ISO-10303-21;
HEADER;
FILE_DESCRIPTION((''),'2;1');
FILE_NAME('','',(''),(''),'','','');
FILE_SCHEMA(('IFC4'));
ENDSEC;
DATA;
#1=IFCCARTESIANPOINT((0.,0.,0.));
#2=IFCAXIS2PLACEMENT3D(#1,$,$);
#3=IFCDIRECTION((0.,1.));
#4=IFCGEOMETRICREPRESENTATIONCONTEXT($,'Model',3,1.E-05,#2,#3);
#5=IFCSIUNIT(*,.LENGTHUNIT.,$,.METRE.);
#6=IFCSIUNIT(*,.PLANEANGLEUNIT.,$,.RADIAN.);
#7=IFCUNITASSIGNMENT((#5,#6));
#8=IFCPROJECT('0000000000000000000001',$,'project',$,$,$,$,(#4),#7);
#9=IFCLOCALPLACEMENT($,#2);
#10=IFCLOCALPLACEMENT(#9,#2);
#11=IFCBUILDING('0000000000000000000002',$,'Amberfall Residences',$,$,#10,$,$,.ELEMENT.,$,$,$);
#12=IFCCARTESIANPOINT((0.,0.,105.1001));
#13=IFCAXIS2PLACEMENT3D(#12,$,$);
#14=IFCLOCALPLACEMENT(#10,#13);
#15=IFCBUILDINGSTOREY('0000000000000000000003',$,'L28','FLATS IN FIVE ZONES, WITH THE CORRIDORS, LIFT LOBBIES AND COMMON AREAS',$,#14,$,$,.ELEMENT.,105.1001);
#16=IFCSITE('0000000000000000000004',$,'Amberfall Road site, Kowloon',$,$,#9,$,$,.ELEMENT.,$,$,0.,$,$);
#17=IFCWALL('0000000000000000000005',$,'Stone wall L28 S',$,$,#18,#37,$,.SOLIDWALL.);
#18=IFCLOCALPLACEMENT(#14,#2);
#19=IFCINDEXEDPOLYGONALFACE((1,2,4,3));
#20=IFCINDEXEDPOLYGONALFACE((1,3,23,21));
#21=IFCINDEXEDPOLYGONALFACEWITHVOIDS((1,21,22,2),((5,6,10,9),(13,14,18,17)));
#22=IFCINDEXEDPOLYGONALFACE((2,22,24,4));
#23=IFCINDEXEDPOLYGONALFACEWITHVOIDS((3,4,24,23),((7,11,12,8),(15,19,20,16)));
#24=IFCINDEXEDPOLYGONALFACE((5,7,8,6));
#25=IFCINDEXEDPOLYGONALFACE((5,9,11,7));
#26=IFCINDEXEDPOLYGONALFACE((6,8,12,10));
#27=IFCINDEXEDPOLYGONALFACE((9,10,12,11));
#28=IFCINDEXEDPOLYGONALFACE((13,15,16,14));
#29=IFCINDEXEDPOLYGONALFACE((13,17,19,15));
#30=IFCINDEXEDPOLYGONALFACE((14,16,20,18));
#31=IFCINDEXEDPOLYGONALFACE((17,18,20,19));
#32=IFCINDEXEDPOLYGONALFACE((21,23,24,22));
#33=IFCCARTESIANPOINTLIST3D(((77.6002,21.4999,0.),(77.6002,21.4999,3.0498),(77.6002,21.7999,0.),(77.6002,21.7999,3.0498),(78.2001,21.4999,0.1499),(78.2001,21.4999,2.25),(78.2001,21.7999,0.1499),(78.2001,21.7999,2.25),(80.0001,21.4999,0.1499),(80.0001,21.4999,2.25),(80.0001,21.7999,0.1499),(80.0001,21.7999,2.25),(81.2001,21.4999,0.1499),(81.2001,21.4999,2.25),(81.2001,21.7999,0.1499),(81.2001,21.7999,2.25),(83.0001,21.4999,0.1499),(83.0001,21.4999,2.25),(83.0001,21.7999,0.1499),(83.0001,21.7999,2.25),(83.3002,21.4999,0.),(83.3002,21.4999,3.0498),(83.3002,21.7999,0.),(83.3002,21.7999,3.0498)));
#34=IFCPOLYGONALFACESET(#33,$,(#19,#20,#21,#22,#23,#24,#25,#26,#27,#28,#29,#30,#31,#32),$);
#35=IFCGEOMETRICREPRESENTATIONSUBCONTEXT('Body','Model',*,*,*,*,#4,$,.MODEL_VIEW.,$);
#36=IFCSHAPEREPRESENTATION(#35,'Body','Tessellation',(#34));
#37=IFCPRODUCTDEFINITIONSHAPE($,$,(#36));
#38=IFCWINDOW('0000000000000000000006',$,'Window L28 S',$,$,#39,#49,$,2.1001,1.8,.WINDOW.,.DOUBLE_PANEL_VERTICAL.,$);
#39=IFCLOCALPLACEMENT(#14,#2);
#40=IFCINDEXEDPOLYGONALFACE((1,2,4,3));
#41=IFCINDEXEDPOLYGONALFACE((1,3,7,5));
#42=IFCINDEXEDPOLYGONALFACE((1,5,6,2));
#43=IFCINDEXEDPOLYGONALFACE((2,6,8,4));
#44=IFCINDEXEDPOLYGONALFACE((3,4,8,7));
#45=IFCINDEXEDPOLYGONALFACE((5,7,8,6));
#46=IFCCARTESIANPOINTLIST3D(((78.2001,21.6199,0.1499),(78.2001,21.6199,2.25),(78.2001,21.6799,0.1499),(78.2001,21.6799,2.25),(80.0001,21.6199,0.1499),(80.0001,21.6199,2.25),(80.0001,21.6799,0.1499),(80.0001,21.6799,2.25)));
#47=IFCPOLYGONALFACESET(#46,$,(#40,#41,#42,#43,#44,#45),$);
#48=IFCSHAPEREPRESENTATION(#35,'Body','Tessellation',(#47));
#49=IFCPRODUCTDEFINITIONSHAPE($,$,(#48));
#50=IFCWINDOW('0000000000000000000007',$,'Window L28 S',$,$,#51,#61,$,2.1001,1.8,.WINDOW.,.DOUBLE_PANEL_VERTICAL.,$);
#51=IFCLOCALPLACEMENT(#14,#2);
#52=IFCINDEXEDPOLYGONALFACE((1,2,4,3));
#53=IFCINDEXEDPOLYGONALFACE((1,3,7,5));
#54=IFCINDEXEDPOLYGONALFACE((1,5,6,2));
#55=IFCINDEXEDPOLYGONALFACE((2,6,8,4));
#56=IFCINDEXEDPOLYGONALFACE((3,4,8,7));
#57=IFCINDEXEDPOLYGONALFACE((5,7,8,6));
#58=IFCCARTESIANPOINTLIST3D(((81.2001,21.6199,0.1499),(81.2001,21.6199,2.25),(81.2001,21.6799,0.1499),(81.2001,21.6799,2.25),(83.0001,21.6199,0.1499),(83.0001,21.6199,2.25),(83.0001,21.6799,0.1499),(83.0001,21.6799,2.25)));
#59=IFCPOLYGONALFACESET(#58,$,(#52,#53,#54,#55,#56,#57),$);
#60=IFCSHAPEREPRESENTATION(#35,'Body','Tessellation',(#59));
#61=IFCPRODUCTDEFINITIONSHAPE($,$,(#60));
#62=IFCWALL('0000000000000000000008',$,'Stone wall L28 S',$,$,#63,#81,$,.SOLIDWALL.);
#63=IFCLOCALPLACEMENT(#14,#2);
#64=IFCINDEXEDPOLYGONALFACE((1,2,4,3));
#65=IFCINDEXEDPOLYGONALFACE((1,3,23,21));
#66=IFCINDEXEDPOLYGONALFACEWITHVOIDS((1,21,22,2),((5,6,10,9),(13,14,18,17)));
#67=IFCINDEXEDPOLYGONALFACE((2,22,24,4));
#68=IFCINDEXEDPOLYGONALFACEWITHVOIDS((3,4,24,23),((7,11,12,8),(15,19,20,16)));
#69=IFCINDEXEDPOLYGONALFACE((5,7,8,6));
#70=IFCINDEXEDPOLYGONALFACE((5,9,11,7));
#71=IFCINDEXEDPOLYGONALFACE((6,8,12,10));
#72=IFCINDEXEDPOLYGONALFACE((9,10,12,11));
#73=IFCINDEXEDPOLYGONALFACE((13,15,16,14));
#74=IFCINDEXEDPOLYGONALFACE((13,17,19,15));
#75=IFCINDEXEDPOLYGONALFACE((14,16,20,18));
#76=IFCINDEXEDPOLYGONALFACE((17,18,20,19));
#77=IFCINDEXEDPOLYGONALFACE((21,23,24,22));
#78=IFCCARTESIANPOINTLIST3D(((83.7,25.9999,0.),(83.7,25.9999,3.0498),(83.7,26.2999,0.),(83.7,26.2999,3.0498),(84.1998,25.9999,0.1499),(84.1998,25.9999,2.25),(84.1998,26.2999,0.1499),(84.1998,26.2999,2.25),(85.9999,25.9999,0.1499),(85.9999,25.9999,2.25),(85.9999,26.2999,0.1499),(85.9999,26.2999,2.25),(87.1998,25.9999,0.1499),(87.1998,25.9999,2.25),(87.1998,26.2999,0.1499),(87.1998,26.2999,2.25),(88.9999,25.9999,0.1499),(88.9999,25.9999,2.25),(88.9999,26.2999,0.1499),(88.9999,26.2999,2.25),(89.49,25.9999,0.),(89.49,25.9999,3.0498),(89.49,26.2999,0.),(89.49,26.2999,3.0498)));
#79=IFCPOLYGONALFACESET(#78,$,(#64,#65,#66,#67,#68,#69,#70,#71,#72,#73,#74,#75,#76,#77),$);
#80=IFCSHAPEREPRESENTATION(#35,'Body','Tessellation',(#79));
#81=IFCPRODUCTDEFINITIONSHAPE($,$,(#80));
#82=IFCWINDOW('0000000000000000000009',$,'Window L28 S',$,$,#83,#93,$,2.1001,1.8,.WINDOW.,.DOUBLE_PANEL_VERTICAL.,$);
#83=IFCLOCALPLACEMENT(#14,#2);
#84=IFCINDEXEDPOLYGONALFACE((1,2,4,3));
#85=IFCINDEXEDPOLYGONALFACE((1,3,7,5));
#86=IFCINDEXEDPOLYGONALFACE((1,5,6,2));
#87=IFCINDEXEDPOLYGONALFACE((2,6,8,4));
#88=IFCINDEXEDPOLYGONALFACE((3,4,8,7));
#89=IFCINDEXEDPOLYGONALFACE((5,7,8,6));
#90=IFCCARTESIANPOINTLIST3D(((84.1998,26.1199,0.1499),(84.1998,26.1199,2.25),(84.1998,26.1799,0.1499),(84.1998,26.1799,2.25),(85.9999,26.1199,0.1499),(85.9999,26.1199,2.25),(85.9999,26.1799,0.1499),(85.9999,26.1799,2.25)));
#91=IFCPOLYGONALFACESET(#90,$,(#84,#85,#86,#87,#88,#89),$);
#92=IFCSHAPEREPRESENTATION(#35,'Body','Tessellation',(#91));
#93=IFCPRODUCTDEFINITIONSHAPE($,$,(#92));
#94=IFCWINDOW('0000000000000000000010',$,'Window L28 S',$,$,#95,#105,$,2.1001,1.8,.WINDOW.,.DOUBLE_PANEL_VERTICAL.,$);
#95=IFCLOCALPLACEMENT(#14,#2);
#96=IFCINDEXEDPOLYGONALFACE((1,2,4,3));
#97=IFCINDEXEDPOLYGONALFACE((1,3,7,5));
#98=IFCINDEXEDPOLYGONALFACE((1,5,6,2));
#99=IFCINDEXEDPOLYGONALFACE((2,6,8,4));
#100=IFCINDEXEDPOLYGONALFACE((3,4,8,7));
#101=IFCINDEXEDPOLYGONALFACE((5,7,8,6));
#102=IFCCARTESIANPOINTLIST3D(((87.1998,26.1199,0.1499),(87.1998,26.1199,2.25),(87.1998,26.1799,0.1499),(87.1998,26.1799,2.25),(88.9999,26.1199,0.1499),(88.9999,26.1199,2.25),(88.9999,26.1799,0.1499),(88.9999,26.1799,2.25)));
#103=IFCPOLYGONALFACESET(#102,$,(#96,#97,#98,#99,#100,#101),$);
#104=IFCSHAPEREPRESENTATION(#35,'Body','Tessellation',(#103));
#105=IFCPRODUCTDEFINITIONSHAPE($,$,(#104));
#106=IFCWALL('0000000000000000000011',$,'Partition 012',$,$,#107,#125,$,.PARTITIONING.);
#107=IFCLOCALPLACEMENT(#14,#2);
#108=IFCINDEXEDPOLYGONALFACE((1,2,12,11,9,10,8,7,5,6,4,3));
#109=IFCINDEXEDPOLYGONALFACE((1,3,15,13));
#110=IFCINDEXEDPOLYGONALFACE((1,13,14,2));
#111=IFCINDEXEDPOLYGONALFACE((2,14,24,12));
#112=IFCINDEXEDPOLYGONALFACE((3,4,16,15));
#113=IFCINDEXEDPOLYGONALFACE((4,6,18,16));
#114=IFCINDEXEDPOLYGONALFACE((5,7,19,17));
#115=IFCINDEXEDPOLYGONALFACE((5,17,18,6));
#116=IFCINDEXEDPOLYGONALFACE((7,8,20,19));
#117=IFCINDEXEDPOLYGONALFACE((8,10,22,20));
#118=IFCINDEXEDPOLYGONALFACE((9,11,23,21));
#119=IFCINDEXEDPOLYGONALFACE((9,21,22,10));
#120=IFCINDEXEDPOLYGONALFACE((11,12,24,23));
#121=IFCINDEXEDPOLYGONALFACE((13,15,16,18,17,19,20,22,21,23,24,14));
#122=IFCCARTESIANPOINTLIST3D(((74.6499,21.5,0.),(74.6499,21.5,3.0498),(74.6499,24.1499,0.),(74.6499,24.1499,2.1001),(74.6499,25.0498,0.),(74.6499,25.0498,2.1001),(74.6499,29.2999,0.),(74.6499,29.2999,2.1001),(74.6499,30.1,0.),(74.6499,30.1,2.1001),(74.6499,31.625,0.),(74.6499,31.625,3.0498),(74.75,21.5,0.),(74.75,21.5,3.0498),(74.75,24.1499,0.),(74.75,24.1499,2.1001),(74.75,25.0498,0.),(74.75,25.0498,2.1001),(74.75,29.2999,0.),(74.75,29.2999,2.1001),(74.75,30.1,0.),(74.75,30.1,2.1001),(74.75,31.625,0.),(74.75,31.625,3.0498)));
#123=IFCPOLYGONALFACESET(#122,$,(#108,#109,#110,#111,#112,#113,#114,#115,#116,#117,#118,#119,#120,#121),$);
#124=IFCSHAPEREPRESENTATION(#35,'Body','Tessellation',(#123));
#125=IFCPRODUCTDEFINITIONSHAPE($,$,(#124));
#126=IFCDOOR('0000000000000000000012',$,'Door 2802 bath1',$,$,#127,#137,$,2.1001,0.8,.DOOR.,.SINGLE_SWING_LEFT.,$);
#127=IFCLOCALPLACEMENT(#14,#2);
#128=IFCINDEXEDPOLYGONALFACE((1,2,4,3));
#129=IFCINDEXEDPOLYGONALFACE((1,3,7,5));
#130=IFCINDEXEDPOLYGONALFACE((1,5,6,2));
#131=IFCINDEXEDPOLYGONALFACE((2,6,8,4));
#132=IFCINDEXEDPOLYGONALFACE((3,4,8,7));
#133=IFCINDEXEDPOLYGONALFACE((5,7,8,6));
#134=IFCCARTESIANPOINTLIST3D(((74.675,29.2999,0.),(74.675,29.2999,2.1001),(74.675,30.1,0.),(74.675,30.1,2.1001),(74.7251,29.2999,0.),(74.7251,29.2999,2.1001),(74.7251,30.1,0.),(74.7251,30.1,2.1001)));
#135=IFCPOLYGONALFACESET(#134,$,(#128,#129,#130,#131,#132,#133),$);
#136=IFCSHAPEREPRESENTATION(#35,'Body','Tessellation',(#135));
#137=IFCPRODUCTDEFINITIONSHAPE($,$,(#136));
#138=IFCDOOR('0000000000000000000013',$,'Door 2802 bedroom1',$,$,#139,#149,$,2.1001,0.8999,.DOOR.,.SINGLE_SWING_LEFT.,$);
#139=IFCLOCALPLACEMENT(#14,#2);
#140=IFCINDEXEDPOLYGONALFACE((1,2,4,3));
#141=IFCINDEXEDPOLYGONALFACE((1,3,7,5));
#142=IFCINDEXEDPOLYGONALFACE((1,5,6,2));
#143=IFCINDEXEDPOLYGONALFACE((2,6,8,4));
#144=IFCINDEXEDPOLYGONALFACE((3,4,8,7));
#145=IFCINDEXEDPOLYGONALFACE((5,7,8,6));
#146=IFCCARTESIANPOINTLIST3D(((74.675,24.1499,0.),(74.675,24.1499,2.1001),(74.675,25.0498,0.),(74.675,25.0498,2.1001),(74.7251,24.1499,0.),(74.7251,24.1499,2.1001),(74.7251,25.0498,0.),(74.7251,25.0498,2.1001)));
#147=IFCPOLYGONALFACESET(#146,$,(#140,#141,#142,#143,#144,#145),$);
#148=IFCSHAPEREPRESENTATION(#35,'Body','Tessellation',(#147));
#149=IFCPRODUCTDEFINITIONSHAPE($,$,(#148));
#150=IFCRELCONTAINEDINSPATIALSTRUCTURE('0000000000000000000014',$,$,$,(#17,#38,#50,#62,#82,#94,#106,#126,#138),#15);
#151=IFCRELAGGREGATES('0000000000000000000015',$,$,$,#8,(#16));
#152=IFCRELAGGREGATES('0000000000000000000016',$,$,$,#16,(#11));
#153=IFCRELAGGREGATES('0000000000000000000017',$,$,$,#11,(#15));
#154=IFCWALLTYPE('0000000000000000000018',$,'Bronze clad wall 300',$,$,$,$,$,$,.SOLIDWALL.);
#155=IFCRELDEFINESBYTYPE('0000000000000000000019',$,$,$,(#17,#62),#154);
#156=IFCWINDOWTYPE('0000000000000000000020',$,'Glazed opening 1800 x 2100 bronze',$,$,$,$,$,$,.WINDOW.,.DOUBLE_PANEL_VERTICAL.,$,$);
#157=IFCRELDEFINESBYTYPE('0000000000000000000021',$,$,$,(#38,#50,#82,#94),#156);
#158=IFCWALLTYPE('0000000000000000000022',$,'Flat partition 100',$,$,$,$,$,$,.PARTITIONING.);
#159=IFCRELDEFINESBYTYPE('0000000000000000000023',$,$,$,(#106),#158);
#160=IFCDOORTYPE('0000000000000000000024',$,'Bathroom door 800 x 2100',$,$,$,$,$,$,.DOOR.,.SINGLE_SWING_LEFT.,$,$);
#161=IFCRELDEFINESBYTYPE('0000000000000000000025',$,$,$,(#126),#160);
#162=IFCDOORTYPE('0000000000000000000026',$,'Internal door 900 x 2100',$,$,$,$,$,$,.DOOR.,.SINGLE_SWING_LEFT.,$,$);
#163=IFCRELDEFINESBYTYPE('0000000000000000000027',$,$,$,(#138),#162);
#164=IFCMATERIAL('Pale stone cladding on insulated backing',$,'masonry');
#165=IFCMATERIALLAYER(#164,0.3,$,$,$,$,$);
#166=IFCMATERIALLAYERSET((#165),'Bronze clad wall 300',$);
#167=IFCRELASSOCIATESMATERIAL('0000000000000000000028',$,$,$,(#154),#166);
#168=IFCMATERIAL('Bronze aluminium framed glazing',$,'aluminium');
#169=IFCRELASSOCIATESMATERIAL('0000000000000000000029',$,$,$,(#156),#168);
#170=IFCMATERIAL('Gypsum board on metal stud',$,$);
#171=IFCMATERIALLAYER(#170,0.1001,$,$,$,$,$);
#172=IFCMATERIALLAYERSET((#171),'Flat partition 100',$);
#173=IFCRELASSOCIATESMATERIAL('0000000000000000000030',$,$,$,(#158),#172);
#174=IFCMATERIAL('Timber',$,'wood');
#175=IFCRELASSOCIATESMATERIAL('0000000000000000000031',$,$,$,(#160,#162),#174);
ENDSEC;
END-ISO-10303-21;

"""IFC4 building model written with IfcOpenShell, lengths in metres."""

from ifc_helpers import new_model, si_unit, direction, frame, frame_2d, origin, place, context, subcontext, project, spatial, rectangle, extrude, material, layer, layer_set, type_object, element, fill, save


model = new_model("IFC4")

# Units and contexts
model_context = context("Model", 3, precision=1e-05, world=origin(), true_north=direction((0.0, 1.0)))
body_context = subcontext(model_context, "Body", "Model", "MODEL_VIEW")
ifc_project = project(units=[si_unit("LENGTHUNIT", "METRE"), si_unit("PLANEANGLEUNIT", "RADIAN")], contexts=[model_context])

# Site, building, storey
site_placement = place(None, origin())
site = spatial("IfcSite", under=ifc_project, at=site_placement, Name="Amberfall Road site, Kowloon", CompositionType="ELEMENT", RefElevation=0.0)
building_placement = place(site_placement, origin())
building = spatial("IfcBuilding", under=site, at=building_placement, Name="Amberfall Residences", CompositionType="ELEMENT")
storey_placement = place(building_placement, frame((0.0, 0.0, 105.1001)))
storey = spatial("IfcBuildingStorey", under=building, at=storey_placement, Name="L28", Description="FLATS IN FIVE ZONES, WITH THE CORRIDORS, LIFT LOBBIES AND COMMON AREAS", CompositionType="ELEMENT", Elevation=105.1001)

# Shared definitions
ifc_material_1 = material(Name="Pale stone cladding on insulated backing", Category="masonry")
ifc_layer_1 = layer(ifc_material_1, 0.3)
ifc_layer_set_1 = layer_set([ifc_layer_1], Name="Bronze clad wall 300")
wall_type_1 = type_object("IfcWallType", Name="Bronze clad wall 300", PredefinedType="SOLIDWALL", material=ifc_layer_set_1)
ifc_material_2 = material(Name="Bronze aluminium framed glazing", Category="aluminium")

# Walls, openings, windows
wall_1_placement = place(storey_placement, frame((77.6001, 21.6499, 0.0), z_axis=(0.0, 0.0, 1.0), x_axis=(1.0, 0.0, 0.0)))
wall_1 = element("IfcWall", 1, at=wall_1_placement, inside=storey, type_object=wall_type_1, Name="Stone wall L28 S", PredefinedType="SOLIDWALL", context=body_context, shape_type="SweptSolid", body=[
    extrude(rectangle(XDim=5.7, YDim=0.3, at=frame_2d((2.8501, 0.0))), origin(), (0.0, 0.0, 1.0), 3.0498),
])
opening_1_placement = place(wall_1_placement, frame((0.6001, 0.0, 0.1499)))
opening_1 = element("IfcOpeningElement", 2, at=opening_1_placement, cuts=wall_1, PredefinedType="OPENING", context=body_context, shape_type="SweptSolid", body=[
    extrude(rectangle(XDim=1.8, YDim=2.1001, at=frame_2d((0.8999, 1.05))), frame((0.0, 0.1599, 0.0), z_axis=(0.0, -1.0, 0.0), x_axis=(1.0, 0.0, 0.0)), (0.0, 0.0, 1.0), 0.3201),
])
opening_2_placement = place(wall_1_placement, frame((3.6001, 0.0, 0.1499)))
opening_2 = element("IfcOpeningElement", 3, at=opening_2_placement, cuts=wall_1, PredefinedType="OPENING", context=body_context, shape_type="SweptSolid", body=[
    extrude(rectangle(XDim=1.8, YDim=2.1001, at=frame_2d((0.8999, 1.05))), frame((0.0, 0.1599, 0.0), z_axis=(0.0, -1.0, 0.0), x_axis=(1.0, 0.0, 0.0)), (0.0, 0.0, 1.0), 0.3201),
])
window_type_1 = type_object("IfcWindowType", Name="Glazed opening 1800 x 2100 bronze", PartitioningType="DOUBLE_PANEL_VERTICAL", PredefinedType="WINDOW", material=ifc_material_2)
window_1_placement = place(opening_1_placement, origin())
window_1 = element("IfcWindow", 4, at=window_1_placement, inside=storey, type_object=window_type_1, Name="Window L28 S", OverallHeight=2.1001, OverallWidth=1.8, PartitioningType="DOUBLE_PANEL_VERTICAL", PredefinedType="WINDOW", context=body_context, shape_type="SweptSolid", body=[
    extrude(rectangle(XDim=1.8, YDim=2.1001, at=frame_2d((0.8999, 1.05))), frame((0.0, 0.03, 0.0), z_axis=(0.0, -1.0, 0.0), x_axis=(1.0, 0.0, 0.0)), (0.0, 0.0, 1.0), 0.0601),
])
fill(opening_1, window_1)
window_2_placement = place(opening_2_placement, origin())
window_2 = element("IfcWindow", 5, at=window_2_placement, inside=storey, type_object=window_type_1, Name="Window L28 S", OverallHeight=2.1001, OverallWidth=1.8, PartitioningType="DOUBLE_PANEL_VERTICAL", PredefinedType="WINDOW", context=body_context, shape_type="SweptSolid", body=[
    extrude(rectangle(XDim=1.8, YDim=2.1001, at=frame_2d((0.8999, 1.05))), frame((0.0, 0.03, 0.0), z_axis=(0.0, -1.0, 0.0), x_axis=(1.0, 0.0, 0.0)), (0.0, 0.0, 1.0), 0.0601),
])
fill(opening_2, window_2)
wall_2_placement = place(storey_placement, frame((83.7, 26.1499, 0.0), z_axis=(0.0, 0.0, 1.0), x_axis=(1.0, 0.0, 0.0)))
wall_2 = element("IfcWall", 6, at=wall_2_placement, inside=storey, type_object=wall_type_1, Name="Stone wall L28 S", PredefinedType="SOLIDWALL", context=body_context, shape_type="SweptSolid", body=[
    extrude(rectangle(XDim=5.79, YDim=0.3, at=frame_2d((2.895, 0.0))), origin(), (0.0, 0.0, 1.0), 3.0498),
])
opening_3_placement = place(wall_2_placement, frame((0.5, 0.0, 0.1499)))
opening_3 = element("IfcOpeningElement", 7, at=opening_3_placement, cuts=wall_2, PredefinedType="OPENING", context=body_context, shape_type="SweptSolid", body=[
    extrude(rectangle(XDim=1.8, YDim=2.1001, at=frame_2d((0.8999, 1.05))), frame((0.0, 0.1599, 0.0), z_axis=(0.0, -1.0, 0.0), x_axis=(1.0, 0.0, 0.0)), (0.0, 0.0, 1.0), 0.3201),
])
opening_4_placement = place(wall_2_placement, frame((3.5, 0.0, 0.1499)))
opening_4 = element("IfcOpeningElement", 8, at=opening_4_placement, cuts=wall_2, PredefinedType="OPENING", context=body_context, shape_type="SweptSolid", body=[
    extrude(rectangle(XDim=1.8, YDim=2.1001, at=frame_2d((0.8999, 1.05))), frame((0.0, 0.1599, 0.0), z_axis=(0.0, -1.0, 0.0), x_axis=(1.0, 0.0, 0.0)), (0.0, 0.0, 1.0), 0.3201),
])
window_3_placement = place(opening_3_placement, origin())
window_3 = element("IfcWindow", 9, at=window_3_placement, inside=storey, type_object=window_type_1, Name="Window L28 S", OverallHeight=2.1001, OverallWidth=1.8, PartitioningType="DOUBLE_PANEL_VERTICAL", PredefinedType="WINDOW", context=body_context, shape_type="SweptSolid", body=[
    extrude(rectangle(XDim=1.8, YDim=2.1001, at=frame_2d((0.8999, 1.05))), frame((0.0, 0.03, 0.0), z_axis=(0.0, -1.0, 0.0), x_axis=(1.0, 0.0, 0.0)), (0.0, 0.0, 1.0), 0.0601),
])
fill(opening_3, window_3)
window_4_placement = place(opening_4_placement, origin())
window_4 = element("IfcWindow", 10, at=window_4_placement, inside=storey, type_object=window_type_1, Name="Window L28 S", OverallHeight=2.1001, OverallWidth=1.8, PartitioningType="DOUBLE_PANEL_VERTICAL", PredefinedType="WINDOW", context=body_context, shape_type="SweptSolid", body=[
    extrude(rectangle(XDim=1.8, YDim=2.1001, at=frame_2d((0.8999, 1.05))), frame((0.0, 0.03, 0.0), z_axis=(0.0, -1.0, 0.0), x_axis=(1.0, 0.0, 0.0)), (0.0, 0.0, 1.0), 0.0601),
])
fill(opening_4, window_4)

# Wall, openings, doors
ifc_material_3 = material(Name="Gypsum board on metal stud")
ifc_layer_2 = layer(ifc_material_3, 0.1001)
ifc_layer_set_2 = layer_set([ifc_layer_2], Name="Flat partition 100")
wall_type_2 = type_object("IfcWallType", Name="Flat partition 100", PredefinedType="PARTITIONING", material=ifc_layer_set_2)
wall_3_placement = place(storey_placement, frame((74.7, 21.5, 0.0), z_axis=(0.0, 0.0, 1.0), x_axis=(0.0, 1.0, 0.0)))
wall_3 = element("IfcWall", 11, at=wall_3_placement, inside=storey, type_object=wall_type_2, Name="Partition 012", PredefinedType="PARTITIONING", context=body_context, shape_type="SweptSolid", body=[
    extrude(rectangle(XDim=10.125, YDim=0.1001, at=frame_2d((5.0625, 0.0))), origin(), (0.0, 0.0, 1.0), 3.0498),
])
opening_5_placement = place(wall_3_placement, frame((2.6499, 0.0, 0.0)))
opening_5 = element("IfcOpeningElement", 12, at=opening_5_placement, cuts=wall_3, PredefinedType="OPENING", context=body_context, shape_type="SweptSolid", body=[
    extrude(rectangle(XDim=0.8999, YDim=2.1001, at=frame_2d((0.45, 1.05))), frame((0.0, 0.0601, 0.0), z_axis=(0.0, -1.0, 0.0), x_axis=(1.0, 0.0, 0.0)), (0.0, 0.0, 1.0), 0.1201),
])
opening_6_placement = place(wall_3_placement, frame((7.8, 0.0, 0.0)))
opening_6 = element("IfcOpeningElement", 13, at=opening_6_placement, cuts=wall_3, PredefinedType="OPENING", context=body_context, shape_type="SweptSolid", body=[
    extrude(rectangle(XDim=0.8, YDim=2.1001, at=frame_2d((0.3999, 1.05))), frame((0.0, 0.0601, 0.0), z_axis=(0.0, -1.0, 0.0), x_axis=(1.0, 0.0, 0.0)), (0.0, 0.0, 1.0), 0.1201),
])
ifc_material_4 = material(Name="Timber", Category="wood")
door_type_1 = type_object("IfcDoorType", Name="Bathroom door 800 x 2100", OperationType="SINGLE_SWING_LEFT", PredefinedType="DOOR", material=ifc_material_4)
door_1_placement = place(opening_6_placement, origin())
door_1 = element("IfcDoor", 14, at=door_1_placement, inside=storey, type_object=door_type_1, Name="Door 2802 bath1", OperationType="SINGLE_SWING_LEFT", OverallHeight=2.1001, OverallWidth=0.8, PredefinedType="DOOR", context=body_context, shape_type="SweptSolid", body=[
    extrude(rectangle(XDim=0.8, YDim=2.1001, at=frame_2d((0.3999, 1.05))), frame((0.0, 0.0249, 0.0), z_axis=(0.0, -1.0, 0.0), x_axis=(1.0, 0.0, 0.0)), (0.0, 0.0, 1.0), 0.05),
])
fill(opening_6, door_1)
door_type_2 = type_object("IfcDoorType", Name="Internal door 900 x 2100", OperationType="SINGLE_SWING_LEFT", PredefinedType="DOOR", material=ifc_material_4)
door_2_placement = place(opening_5_placement, origin())
door_2 = element("IfcDoor", 15, at=door_2_placement, inside=storey, type_object=door_type_2, Name="Door 2802 bedroom1", OperationType="SINGLE_SWING_LEFT", OverallHeight=2.1001, OverallWidth=0.8999, PredefinedType="DOOR", context=body_context, shape_type="SweptSolid", body=[
    extrude(rectangle(XDim=0.8999, YDim=2.1001, at=frame_2d((0.45, 1.05))), frame((0.0, 0.0249, 0.0), z_axis=(0.0, -1.0, 0.0), x_axis=(1.0, 0.0, 0.0)), (0.0, 0.0, 1.0), 0.05),
])
fill(opening_5, door_2)

save(model, "model.ifc")
